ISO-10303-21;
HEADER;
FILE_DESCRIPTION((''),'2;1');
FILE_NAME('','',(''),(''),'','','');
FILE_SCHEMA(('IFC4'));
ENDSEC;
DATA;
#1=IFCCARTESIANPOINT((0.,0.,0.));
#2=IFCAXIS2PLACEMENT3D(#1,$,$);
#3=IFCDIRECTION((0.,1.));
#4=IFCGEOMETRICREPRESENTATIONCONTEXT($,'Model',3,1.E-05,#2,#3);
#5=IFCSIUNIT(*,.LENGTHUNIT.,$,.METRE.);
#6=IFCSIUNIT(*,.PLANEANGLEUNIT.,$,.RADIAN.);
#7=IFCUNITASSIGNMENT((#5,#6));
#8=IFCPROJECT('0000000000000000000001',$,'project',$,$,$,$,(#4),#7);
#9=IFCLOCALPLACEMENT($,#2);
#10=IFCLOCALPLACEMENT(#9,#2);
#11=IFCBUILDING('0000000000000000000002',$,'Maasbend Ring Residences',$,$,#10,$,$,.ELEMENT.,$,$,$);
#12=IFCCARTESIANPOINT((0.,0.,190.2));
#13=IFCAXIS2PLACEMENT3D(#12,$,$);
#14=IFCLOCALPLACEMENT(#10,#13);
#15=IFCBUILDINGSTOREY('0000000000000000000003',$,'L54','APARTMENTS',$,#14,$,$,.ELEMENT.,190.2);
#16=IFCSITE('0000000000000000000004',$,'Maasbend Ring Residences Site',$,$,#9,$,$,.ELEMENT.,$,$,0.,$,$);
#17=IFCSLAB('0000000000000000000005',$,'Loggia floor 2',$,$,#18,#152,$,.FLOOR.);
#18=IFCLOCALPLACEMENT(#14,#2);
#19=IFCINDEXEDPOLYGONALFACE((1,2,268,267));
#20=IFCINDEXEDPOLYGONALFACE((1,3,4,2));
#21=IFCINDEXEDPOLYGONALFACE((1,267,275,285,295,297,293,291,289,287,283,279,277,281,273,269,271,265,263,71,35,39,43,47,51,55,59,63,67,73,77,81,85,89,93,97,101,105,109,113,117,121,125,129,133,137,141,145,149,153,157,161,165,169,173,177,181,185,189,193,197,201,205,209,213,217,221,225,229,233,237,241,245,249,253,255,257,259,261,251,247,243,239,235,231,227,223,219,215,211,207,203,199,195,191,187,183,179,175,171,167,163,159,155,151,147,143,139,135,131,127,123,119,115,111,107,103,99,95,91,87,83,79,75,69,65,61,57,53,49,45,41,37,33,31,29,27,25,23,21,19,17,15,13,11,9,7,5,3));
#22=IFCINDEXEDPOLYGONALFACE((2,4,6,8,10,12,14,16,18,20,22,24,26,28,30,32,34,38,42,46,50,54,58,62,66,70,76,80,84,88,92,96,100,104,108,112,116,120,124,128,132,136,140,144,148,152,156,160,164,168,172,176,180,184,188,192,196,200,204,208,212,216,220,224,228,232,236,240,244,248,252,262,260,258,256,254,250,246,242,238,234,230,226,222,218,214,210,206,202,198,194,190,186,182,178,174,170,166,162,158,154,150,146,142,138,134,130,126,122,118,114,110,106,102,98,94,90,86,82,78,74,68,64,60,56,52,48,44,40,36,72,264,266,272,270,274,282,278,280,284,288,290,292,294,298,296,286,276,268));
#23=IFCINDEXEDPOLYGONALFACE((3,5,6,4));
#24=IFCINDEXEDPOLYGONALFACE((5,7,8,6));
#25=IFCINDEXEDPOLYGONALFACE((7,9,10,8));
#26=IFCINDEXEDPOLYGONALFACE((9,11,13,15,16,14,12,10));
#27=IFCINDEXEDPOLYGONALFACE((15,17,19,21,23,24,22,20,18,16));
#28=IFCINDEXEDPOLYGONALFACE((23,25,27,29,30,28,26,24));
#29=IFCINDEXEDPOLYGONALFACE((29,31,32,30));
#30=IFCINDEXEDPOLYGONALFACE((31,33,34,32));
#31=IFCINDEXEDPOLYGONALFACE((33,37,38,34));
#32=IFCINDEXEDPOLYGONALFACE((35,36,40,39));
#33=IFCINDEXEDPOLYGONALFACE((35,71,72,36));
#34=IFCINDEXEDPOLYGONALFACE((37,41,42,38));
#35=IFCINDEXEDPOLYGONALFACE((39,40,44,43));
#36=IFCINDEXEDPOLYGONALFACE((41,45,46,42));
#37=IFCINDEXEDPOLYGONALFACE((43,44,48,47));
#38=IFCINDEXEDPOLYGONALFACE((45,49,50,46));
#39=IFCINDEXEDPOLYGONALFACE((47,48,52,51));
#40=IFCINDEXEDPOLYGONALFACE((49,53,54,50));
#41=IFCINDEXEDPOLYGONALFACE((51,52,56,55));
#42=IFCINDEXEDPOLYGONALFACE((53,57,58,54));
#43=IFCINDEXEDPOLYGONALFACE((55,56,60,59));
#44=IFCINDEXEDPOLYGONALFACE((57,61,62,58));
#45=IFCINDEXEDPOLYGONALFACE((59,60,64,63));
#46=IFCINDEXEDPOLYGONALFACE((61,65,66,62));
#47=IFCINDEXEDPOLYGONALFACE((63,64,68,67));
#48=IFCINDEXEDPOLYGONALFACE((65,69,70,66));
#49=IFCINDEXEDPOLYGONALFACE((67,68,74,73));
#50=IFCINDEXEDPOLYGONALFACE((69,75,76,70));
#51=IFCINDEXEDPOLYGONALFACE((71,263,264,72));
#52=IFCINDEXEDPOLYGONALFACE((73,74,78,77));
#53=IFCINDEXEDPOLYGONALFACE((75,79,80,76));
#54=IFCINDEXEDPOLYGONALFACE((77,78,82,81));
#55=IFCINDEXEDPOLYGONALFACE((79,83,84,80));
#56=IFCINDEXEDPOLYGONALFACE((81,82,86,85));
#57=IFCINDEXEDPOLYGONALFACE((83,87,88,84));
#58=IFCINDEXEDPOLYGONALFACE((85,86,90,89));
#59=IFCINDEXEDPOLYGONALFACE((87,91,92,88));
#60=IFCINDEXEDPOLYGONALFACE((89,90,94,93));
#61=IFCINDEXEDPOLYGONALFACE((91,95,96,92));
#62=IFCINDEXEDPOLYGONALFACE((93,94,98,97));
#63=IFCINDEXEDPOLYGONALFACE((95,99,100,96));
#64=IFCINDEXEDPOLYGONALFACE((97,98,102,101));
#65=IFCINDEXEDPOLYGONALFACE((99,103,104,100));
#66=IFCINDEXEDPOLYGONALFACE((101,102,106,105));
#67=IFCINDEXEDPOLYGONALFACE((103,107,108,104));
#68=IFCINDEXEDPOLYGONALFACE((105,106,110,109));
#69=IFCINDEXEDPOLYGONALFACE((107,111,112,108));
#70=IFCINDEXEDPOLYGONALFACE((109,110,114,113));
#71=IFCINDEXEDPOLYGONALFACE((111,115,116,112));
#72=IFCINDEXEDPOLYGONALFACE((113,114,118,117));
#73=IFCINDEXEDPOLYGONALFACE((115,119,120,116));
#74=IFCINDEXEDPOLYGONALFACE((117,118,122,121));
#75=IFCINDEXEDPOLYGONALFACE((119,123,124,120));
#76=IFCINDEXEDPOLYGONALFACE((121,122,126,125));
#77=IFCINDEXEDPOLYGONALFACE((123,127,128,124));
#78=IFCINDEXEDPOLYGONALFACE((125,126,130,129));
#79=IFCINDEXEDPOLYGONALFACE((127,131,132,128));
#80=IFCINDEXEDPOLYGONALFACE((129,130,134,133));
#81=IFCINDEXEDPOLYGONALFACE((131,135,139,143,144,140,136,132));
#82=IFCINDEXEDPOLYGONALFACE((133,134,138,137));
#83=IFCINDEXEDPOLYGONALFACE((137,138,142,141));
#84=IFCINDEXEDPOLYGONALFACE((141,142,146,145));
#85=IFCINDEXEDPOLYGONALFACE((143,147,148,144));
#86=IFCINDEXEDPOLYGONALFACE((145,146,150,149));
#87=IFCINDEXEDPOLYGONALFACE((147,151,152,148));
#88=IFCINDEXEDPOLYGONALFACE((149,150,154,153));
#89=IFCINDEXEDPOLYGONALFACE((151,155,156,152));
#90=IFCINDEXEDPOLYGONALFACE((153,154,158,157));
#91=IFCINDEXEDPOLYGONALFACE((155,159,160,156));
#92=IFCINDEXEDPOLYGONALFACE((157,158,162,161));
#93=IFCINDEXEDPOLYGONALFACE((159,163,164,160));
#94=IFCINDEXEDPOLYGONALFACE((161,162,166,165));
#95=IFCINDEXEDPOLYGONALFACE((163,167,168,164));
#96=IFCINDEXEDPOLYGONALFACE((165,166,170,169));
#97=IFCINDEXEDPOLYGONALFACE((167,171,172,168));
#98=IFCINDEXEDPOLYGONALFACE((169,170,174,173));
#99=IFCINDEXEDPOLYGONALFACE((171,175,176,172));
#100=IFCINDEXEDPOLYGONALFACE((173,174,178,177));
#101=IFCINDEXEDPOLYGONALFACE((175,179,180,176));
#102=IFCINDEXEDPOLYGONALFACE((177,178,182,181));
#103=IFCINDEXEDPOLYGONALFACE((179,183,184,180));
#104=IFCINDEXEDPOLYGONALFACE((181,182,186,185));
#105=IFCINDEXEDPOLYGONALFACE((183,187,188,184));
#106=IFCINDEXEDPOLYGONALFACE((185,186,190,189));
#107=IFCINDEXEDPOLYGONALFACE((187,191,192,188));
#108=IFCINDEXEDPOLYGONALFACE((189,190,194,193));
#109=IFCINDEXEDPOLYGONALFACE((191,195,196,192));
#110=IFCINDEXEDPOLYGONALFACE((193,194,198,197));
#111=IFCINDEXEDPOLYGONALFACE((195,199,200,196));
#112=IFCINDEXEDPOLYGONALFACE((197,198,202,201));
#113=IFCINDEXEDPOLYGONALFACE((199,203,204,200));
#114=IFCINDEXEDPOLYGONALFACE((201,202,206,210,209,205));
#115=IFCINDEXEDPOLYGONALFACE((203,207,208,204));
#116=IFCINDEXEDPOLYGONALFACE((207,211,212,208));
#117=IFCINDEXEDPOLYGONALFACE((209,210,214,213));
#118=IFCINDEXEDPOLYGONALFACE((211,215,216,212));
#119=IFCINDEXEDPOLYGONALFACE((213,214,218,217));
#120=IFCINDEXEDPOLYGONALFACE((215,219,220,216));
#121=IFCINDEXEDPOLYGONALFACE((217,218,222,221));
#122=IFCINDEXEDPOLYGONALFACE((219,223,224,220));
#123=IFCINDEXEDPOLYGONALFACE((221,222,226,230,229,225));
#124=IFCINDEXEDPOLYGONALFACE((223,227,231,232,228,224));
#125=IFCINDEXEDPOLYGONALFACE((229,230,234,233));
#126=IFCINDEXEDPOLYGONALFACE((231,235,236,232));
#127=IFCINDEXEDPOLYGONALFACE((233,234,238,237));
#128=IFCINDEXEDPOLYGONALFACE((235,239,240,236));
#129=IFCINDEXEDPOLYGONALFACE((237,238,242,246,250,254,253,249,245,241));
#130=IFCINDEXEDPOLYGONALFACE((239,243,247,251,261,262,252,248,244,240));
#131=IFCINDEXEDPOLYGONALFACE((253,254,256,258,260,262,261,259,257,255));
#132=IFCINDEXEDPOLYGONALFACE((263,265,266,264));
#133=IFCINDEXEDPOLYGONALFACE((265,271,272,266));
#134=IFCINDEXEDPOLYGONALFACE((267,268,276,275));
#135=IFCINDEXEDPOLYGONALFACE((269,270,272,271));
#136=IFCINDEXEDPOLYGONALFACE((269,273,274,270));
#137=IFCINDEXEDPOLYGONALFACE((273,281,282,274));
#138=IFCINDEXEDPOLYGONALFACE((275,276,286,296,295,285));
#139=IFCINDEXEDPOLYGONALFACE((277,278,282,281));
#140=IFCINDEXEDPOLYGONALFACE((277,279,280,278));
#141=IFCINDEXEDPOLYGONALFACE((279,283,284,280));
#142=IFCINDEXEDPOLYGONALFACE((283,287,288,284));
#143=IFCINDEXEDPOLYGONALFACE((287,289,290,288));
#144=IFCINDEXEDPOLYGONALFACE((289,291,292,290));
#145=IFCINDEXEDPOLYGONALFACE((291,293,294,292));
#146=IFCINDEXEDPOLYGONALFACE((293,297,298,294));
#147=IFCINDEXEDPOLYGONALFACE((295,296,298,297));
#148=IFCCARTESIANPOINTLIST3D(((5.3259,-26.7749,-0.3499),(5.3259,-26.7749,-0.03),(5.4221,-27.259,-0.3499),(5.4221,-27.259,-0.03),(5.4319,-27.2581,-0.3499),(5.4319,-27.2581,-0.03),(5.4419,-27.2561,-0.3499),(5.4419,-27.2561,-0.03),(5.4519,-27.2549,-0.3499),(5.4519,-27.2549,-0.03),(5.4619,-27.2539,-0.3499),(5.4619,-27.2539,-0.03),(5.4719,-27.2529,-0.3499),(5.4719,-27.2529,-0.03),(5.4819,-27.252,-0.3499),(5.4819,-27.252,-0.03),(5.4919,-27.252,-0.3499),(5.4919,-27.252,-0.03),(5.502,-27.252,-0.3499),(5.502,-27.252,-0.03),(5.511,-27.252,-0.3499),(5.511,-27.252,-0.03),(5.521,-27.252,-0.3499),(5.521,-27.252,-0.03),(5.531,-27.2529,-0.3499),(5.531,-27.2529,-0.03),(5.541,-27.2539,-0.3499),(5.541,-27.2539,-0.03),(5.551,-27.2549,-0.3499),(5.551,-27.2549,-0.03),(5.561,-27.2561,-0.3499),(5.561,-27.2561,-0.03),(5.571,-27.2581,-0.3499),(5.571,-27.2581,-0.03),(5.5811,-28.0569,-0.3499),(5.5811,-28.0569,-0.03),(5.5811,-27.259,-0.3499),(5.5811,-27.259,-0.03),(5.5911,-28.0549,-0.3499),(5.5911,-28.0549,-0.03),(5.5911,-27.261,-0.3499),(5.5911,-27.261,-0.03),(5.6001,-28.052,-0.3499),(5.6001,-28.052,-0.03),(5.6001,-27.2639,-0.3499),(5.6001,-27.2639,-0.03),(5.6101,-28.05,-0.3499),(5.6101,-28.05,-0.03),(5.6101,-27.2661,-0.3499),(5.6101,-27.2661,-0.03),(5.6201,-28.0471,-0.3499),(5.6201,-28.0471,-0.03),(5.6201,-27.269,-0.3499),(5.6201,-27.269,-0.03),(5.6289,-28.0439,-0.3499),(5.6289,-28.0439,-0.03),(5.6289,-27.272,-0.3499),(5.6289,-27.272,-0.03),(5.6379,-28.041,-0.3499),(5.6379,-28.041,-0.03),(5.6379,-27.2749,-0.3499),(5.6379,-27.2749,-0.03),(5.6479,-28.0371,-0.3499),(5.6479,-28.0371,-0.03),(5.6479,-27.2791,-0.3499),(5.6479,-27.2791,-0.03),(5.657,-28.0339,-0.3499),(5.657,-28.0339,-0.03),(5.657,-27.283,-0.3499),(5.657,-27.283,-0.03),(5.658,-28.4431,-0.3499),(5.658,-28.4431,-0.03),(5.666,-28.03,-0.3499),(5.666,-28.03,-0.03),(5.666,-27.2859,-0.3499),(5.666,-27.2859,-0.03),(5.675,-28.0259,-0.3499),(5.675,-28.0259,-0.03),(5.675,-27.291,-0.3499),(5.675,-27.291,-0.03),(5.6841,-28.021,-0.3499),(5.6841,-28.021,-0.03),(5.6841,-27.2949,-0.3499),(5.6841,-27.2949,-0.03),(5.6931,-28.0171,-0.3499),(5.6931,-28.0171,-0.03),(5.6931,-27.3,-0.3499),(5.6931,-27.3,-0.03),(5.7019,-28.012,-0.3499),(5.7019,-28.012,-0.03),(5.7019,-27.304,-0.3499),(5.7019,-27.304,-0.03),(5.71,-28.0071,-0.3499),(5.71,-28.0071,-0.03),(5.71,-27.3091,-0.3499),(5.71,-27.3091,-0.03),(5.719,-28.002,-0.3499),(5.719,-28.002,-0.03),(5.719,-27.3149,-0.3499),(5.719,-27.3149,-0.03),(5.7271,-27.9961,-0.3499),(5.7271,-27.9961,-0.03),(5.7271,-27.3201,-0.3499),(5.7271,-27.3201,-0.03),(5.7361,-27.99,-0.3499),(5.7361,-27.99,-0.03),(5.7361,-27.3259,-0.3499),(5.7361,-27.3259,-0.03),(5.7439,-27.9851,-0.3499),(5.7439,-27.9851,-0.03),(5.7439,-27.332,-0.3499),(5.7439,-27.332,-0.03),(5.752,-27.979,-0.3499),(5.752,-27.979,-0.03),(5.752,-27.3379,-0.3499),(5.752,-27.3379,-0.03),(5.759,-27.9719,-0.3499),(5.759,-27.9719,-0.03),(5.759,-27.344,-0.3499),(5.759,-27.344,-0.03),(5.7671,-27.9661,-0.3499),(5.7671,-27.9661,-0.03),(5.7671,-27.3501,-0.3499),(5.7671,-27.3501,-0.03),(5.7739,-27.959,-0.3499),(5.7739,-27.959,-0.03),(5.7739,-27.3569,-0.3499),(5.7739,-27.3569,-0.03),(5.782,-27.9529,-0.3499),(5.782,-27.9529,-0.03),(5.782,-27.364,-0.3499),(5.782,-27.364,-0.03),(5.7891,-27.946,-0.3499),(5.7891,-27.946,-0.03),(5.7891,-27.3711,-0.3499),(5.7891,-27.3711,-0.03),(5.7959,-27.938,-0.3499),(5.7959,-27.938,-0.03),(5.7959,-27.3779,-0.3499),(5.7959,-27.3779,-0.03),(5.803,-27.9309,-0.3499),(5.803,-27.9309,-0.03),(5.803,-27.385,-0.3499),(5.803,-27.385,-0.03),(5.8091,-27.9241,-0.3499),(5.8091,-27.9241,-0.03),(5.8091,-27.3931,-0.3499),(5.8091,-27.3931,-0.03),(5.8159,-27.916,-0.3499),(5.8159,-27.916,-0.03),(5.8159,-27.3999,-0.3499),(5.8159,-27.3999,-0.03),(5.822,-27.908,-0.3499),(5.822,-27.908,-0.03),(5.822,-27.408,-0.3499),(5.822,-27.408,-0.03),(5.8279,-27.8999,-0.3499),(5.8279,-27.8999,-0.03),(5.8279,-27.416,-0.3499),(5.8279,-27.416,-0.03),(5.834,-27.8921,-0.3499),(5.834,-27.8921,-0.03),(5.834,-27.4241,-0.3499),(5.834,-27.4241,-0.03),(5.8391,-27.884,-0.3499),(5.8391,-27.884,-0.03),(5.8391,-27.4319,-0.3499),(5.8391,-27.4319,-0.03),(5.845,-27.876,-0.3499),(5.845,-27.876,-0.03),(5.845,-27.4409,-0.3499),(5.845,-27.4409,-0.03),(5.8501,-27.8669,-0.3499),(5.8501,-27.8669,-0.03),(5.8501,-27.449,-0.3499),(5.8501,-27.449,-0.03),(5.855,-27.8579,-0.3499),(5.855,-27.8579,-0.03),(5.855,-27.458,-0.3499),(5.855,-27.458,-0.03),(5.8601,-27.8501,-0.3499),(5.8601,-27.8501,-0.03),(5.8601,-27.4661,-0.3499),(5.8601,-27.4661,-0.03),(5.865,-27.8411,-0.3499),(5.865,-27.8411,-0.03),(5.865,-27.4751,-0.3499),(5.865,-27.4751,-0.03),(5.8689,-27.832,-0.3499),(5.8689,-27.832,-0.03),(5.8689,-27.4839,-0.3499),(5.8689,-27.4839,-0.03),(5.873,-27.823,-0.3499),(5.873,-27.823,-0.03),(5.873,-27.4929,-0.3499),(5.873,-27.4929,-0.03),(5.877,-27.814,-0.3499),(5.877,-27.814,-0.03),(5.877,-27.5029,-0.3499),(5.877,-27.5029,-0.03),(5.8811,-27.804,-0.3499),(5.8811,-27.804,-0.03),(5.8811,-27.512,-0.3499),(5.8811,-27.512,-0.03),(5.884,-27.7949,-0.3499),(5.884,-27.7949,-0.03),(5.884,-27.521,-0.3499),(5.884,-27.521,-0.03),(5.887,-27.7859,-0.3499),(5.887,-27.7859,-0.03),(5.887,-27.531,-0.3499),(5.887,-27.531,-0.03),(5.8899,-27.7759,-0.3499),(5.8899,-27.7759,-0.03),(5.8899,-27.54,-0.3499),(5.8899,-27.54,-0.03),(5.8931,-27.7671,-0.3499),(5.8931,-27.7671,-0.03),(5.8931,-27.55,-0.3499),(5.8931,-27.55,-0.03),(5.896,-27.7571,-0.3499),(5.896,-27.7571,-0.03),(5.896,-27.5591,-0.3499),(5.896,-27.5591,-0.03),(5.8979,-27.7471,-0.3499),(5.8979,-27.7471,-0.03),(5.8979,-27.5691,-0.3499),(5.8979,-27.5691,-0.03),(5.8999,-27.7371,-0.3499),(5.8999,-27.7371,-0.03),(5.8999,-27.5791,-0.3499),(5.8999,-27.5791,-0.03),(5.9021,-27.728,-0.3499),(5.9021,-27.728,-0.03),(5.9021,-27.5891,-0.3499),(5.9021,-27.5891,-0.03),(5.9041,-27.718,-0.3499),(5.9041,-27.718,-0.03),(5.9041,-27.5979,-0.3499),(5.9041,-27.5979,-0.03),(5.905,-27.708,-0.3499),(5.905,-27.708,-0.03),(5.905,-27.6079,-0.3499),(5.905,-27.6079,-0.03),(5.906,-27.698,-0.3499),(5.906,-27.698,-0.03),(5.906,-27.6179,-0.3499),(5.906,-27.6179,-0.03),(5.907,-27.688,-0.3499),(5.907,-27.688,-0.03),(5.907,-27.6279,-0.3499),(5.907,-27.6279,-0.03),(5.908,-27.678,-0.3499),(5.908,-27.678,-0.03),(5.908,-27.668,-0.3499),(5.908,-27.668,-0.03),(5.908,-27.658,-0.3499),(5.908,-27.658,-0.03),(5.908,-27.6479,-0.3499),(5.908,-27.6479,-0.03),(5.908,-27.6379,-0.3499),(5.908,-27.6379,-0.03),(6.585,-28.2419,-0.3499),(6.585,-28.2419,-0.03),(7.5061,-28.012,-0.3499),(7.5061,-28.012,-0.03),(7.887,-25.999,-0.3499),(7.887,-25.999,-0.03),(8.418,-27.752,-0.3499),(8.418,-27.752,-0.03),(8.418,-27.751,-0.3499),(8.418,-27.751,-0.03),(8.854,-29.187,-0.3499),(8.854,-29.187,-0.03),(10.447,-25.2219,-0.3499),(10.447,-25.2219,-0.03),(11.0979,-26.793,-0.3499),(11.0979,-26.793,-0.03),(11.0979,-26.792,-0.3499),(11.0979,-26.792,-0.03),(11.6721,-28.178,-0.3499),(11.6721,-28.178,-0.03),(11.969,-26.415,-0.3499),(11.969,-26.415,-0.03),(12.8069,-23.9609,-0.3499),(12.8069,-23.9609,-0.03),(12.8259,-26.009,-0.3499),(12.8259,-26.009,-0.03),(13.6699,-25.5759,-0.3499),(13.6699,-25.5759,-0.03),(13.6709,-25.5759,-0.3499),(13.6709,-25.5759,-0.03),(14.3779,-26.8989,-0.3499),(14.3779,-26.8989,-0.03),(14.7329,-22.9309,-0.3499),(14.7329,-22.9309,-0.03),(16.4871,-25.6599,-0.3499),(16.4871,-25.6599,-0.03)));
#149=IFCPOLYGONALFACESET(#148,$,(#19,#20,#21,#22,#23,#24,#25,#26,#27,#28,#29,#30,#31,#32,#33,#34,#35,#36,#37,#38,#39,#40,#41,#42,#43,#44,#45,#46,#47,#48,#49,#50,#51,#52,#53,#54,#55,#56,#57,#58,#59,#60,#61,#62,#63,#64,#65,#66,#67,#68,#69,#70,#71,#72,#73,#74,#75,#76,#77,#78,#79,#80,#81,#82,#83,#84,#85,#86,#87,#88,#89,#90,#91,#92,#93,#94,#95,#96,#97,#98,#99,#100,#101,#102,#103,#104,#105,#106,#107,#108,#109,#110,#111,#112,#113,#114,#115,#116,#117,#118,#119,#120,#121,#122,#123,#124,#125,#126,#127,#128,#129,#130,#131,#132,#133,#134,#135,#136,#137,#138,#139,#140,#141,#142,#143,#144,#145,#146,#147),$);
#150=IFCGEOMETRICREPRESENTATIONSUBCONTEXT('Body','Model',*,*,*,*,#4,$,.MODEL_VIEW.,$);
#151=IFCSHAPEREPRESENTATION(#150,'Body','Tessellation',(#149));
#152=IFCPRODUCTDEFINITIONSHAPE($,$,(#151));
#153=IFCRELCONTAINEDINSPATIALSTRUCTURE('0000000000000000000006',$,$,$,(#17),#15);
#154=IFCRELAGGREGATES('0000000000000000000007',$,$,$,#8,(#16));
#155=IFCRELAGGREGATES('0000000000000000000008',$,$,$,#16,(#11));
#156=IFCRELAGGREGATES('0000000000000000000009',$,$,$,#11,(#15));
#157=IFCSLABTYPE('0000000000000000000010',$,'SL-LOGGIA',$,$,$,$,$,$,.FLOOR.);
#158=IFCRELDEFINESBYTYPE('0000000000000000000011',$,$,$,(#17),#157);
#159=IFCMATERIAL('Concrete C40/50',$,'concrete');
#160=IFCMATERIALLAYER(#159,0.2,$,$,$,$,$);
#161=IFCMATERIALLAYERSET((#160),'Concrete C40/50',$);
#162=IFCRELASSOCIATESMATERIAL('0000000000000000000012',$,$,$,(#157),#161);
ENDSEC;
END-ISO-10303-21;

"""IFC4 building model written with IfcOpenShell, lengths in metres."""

from ifc_helpers import new_model, si_unit, direction, frame, origin, place, context, subcontext, project, spatial, polyline, outline, extrude, material, layer, layer_set, type_object, element, save


model = new_model("IFC4")

# Units and contexts
model_context = context("Model", 3, precision=1e-05, world=origin(), true_north=direction((0.0, 1.0)))
body_context = subcontext(model_context, "Body", "Model", "MODEL_VIEW")
ifc_project = project(units=[si_unit("LENGTHUNIT", "METRE"), si_unit("PLANEANGLEUNIT", "RADIAN")], contexts=[model_context])

# Site, building, storey
site_placement = place(None, origin())
site = spatial("IfcSite", under=ifc_project, at=site_placement, Name="Maasbend Ring Residences Site", CompositionType="ELEMENT", RefElevation=0.0)
building_placement = place(site_placement, origin())
building = spatial("IfcBuilding", under=site, at=building_placement, Name="Maasbend Ring Residences", CompositionType="ELEMENT")
storey_placement = place(building_placement, frame((0.0, 0.0, 190.2)))
storey = spatial("IfcBuildingStorey", under=building, at=storey_placement, Name="L54", Description="APARTMENTS", CompositionType="ELEMENT", Elevation=190.2)

# Slab
ifc_material_1 = material(Name="Concrete C40/50", Category="concrete")
ifc_layer_1 = layer(ifc_material_1, 0.2)
ifc_layer_set_1 = layer_set([ifc_layer_1], Name="Concrete C40/50")
slab_type_1 = type_object("IfcSlabType", Name="SL-LOGGIA", PredefinedType="FLOOR", material=ifc_layer_set_1)
slab_1_placement = place(storey_placement, frame((0.0, 0.0, -0.3499)))
element("IfcSlab", 1, at=slab_1_placement, inside=storey, type_object=slab_type_1, Name="Loggia floor 2", PredefinedType="FLOOR", context=body_context, shape_type="SweptSolid", body=[
    extrude(outline(polyline([(10.447, -25.2219), (12.8069, -23.9609), (14.7329, -22.9309), (14.7329, -22.9309), (14.7329, -22.9309), (16.4871, -25.6599), (16.4871, -25.6599), (16.4871, -25.6599), (14.3779, -26.8989), (14.3779, -26.8989), (14.3779, -26.8989), (13.6709, -25.5759), (13.6709, -25.5759), (13.6709, -25.5759), (13.6709, -25.5759), (13.6709, -25.5759), (13.6709, -25.5759), (13.6709, -25.5759), (13.6699, -25.5759), (13.6699, -25.5759), (13.6699, -25.5759), (13.6699, -25.5759), (13.6699, -25.5759), (13.6699, -25.5759), (13.6699, -25.5759), (13.6699, -25.5759), (13.6699, -25.5759), (13.6699, -25.5759), (12.8259, -26.009), (12.8259, -26.009), (11.969, -26.415), (11.969, -26.415), (11.0979, -26.792), (11.0979, -26.792), (11.0979, -26.792), (11.0979, -26.792), (11.0979, -26.792), (11.0979, -26.792), (11.0979, -26.792), (11.0979, -26.793), (11.0979, -26.793), (11.0979, -26.793), (11.0979, -26.793), (11.0979, -26.793), (11.0979, -26.793), (11.0979, -26.793), (11.0979, -26.793), (11.0979, -26.793), (11.0979, -26.793), (11.6721, -28.178), (11.6721, -28.178), (11.6721, -28.178), (8.854, -29.187), (8.854, -29.187), (8.854, -29.187), (8.418, -27.752), (8.418, -27.752), (8.418, -27.752), (8.418, -27.752), (8.418, -27.752), (8.418, -27.752), (8.418, -27.752), (8.418, -27.751), (8.418, -27.751), (8.418, -27.751), (8.418, -27.751), (8.418, -27.751), (8.418, -27.751), (8.418, -27.751), (8.418, -27.751), (8.418, -27.751), (8.418, -27.751), (7.5061, -28.012), (7.5061, -28.012), (6.585, -28.2419), (6.585, -28.2419), (5.658, -28.4431), (5.658, -28.4431), (5.658, -28.4431), (5.5811, -28.0569), (5.5911, -28.0549), (5.6001, -28.052), (5.6101, -28.05), (5.6201, -28.0471), (5.6289, -28.0439), (5.6379, -28.041), (5.6479, -28.0371), (5.657, -28.0339), (5.666, -28.03), (5.675, -28.0259), (5.6841, -28.021), (5.6931, -28.0171), (5.7019, -28.012), (5.71, -28.0071), (5.719, -28.002), (5.7271, -27.9961), (5.7361, -27.99), (5.7439, -27.9851), (5.752, -27.979), (5.759, -27.9719), (5.7671, -27.9661), (5.7739, -27.959), (5.782, -27.9529), (5.7891, -27.946), (5.7959, -27.938), (5.803, -27.9309), (5.8091, -27.9241), (5.8159, -27.916), (5.822, -27.908), (5.8279, -27.8999), (5.834, -27.8921), (5.8391, -27.884), (5.845, -27.876), (5.8501, -27.8669), (5.855, -27.8579), (5.8601, -27.8501), (5.865, -27.8411), (5.8689, -27.832), (5.873, -27.823), (5.877, -27.814), (5.8811, -27.804), (5.884, -27.7949), (5.887, -27.7859), (5.8899, -27.7759), (5.8931, -27.7671), (5.896, -27.7571), (5.8979, -27.7471), (5.8999, -27.7371), (5.9021, -27.728), (5.9041, -27.718), (5.905, -27.708), (5.906, -27.698), (5.907, -27.688), (5.908, -27.678), (5.908, -27.668), (5.908, -27.658), (5.908, -27.6479), (5.908, -27.6379), (5.907, -27.6279), (5.906, -27.6179), (5.905, -27.6079), (5.9041, -27.5979), (5.9021, -27.5891), (5.8999, -27.5791), (5.8979, -27.5691), (5.896, -27.5591), (5.8931, -27.55), (5.8899, -27.54), (5.887, -27.531), (5.884, -27.521), (5.8811, -27.512), (5.877, -27.5029), (5.873, -27.4929), (5.8689, -27.4839), (5.865, -27.4751), (5.8601, -27.4661), (5.855, -27.458), (5.8501, -27.449), (5.845, -27.4409), (5.8391, -27.4319), (5.834, -27.4241), (5.8279, -27.416), (5.822, -27.408), (5.8159, -27.3999), (5.8091, -27.3931), (5.803, -27.385), (5.7959, -27.3779), (5.7891, -27.3711), (5.782, -27.364), (5.7739, -27.3569), (5.7671, -27.3501), (5.759, -27.344), (5.752, -27.3379), (5.7439, -27.332), (5.7361, -27.3259), (5.7271, -27.3201), (5.719, -27.3149), (5.71, -27.3091), (5.7019, -27.304), (5.6931, -27.3), (5.6841, -27.2949), (5.675, -27.291), (5.666, -27.2859), (5.657, -27.283), (5.6479, -27.2791), (5.6379, -27.2749), (5.6289, -27.272), (5.6201, -27.269), (5.6101, -27.2661), (5.6001, -27.2639), (5.5911, -27.261), (5.5811, -27.259), (5.571, -27.2581), (5.561, -27.2561), (5.551, -27.2549), (5.541, -27.2539), (5.531, -27.2529), (5.521, -27.252), (5.511, -27.252), (5.502, -27.252), (5.4919, -27.252), (5.4819, -27.252), (5.4719, -27.2529), (5.4619, -27.2539), (5.4519, -27.2549), (5.4419, -27.2561), (5.4319, -27.2581), (5.4221, -27.259), (5.3259, -26.7749), (5.3259, -26.7749), (5.3259, -26.7749), (7.887, -25.999), (10.447, -25.2219), (10.447, -25.2219), (10.447, -25.2219)])), origin(), (0.0, 0.0, 1.0), 0.3198),
])

save(model, "model.ifc")
